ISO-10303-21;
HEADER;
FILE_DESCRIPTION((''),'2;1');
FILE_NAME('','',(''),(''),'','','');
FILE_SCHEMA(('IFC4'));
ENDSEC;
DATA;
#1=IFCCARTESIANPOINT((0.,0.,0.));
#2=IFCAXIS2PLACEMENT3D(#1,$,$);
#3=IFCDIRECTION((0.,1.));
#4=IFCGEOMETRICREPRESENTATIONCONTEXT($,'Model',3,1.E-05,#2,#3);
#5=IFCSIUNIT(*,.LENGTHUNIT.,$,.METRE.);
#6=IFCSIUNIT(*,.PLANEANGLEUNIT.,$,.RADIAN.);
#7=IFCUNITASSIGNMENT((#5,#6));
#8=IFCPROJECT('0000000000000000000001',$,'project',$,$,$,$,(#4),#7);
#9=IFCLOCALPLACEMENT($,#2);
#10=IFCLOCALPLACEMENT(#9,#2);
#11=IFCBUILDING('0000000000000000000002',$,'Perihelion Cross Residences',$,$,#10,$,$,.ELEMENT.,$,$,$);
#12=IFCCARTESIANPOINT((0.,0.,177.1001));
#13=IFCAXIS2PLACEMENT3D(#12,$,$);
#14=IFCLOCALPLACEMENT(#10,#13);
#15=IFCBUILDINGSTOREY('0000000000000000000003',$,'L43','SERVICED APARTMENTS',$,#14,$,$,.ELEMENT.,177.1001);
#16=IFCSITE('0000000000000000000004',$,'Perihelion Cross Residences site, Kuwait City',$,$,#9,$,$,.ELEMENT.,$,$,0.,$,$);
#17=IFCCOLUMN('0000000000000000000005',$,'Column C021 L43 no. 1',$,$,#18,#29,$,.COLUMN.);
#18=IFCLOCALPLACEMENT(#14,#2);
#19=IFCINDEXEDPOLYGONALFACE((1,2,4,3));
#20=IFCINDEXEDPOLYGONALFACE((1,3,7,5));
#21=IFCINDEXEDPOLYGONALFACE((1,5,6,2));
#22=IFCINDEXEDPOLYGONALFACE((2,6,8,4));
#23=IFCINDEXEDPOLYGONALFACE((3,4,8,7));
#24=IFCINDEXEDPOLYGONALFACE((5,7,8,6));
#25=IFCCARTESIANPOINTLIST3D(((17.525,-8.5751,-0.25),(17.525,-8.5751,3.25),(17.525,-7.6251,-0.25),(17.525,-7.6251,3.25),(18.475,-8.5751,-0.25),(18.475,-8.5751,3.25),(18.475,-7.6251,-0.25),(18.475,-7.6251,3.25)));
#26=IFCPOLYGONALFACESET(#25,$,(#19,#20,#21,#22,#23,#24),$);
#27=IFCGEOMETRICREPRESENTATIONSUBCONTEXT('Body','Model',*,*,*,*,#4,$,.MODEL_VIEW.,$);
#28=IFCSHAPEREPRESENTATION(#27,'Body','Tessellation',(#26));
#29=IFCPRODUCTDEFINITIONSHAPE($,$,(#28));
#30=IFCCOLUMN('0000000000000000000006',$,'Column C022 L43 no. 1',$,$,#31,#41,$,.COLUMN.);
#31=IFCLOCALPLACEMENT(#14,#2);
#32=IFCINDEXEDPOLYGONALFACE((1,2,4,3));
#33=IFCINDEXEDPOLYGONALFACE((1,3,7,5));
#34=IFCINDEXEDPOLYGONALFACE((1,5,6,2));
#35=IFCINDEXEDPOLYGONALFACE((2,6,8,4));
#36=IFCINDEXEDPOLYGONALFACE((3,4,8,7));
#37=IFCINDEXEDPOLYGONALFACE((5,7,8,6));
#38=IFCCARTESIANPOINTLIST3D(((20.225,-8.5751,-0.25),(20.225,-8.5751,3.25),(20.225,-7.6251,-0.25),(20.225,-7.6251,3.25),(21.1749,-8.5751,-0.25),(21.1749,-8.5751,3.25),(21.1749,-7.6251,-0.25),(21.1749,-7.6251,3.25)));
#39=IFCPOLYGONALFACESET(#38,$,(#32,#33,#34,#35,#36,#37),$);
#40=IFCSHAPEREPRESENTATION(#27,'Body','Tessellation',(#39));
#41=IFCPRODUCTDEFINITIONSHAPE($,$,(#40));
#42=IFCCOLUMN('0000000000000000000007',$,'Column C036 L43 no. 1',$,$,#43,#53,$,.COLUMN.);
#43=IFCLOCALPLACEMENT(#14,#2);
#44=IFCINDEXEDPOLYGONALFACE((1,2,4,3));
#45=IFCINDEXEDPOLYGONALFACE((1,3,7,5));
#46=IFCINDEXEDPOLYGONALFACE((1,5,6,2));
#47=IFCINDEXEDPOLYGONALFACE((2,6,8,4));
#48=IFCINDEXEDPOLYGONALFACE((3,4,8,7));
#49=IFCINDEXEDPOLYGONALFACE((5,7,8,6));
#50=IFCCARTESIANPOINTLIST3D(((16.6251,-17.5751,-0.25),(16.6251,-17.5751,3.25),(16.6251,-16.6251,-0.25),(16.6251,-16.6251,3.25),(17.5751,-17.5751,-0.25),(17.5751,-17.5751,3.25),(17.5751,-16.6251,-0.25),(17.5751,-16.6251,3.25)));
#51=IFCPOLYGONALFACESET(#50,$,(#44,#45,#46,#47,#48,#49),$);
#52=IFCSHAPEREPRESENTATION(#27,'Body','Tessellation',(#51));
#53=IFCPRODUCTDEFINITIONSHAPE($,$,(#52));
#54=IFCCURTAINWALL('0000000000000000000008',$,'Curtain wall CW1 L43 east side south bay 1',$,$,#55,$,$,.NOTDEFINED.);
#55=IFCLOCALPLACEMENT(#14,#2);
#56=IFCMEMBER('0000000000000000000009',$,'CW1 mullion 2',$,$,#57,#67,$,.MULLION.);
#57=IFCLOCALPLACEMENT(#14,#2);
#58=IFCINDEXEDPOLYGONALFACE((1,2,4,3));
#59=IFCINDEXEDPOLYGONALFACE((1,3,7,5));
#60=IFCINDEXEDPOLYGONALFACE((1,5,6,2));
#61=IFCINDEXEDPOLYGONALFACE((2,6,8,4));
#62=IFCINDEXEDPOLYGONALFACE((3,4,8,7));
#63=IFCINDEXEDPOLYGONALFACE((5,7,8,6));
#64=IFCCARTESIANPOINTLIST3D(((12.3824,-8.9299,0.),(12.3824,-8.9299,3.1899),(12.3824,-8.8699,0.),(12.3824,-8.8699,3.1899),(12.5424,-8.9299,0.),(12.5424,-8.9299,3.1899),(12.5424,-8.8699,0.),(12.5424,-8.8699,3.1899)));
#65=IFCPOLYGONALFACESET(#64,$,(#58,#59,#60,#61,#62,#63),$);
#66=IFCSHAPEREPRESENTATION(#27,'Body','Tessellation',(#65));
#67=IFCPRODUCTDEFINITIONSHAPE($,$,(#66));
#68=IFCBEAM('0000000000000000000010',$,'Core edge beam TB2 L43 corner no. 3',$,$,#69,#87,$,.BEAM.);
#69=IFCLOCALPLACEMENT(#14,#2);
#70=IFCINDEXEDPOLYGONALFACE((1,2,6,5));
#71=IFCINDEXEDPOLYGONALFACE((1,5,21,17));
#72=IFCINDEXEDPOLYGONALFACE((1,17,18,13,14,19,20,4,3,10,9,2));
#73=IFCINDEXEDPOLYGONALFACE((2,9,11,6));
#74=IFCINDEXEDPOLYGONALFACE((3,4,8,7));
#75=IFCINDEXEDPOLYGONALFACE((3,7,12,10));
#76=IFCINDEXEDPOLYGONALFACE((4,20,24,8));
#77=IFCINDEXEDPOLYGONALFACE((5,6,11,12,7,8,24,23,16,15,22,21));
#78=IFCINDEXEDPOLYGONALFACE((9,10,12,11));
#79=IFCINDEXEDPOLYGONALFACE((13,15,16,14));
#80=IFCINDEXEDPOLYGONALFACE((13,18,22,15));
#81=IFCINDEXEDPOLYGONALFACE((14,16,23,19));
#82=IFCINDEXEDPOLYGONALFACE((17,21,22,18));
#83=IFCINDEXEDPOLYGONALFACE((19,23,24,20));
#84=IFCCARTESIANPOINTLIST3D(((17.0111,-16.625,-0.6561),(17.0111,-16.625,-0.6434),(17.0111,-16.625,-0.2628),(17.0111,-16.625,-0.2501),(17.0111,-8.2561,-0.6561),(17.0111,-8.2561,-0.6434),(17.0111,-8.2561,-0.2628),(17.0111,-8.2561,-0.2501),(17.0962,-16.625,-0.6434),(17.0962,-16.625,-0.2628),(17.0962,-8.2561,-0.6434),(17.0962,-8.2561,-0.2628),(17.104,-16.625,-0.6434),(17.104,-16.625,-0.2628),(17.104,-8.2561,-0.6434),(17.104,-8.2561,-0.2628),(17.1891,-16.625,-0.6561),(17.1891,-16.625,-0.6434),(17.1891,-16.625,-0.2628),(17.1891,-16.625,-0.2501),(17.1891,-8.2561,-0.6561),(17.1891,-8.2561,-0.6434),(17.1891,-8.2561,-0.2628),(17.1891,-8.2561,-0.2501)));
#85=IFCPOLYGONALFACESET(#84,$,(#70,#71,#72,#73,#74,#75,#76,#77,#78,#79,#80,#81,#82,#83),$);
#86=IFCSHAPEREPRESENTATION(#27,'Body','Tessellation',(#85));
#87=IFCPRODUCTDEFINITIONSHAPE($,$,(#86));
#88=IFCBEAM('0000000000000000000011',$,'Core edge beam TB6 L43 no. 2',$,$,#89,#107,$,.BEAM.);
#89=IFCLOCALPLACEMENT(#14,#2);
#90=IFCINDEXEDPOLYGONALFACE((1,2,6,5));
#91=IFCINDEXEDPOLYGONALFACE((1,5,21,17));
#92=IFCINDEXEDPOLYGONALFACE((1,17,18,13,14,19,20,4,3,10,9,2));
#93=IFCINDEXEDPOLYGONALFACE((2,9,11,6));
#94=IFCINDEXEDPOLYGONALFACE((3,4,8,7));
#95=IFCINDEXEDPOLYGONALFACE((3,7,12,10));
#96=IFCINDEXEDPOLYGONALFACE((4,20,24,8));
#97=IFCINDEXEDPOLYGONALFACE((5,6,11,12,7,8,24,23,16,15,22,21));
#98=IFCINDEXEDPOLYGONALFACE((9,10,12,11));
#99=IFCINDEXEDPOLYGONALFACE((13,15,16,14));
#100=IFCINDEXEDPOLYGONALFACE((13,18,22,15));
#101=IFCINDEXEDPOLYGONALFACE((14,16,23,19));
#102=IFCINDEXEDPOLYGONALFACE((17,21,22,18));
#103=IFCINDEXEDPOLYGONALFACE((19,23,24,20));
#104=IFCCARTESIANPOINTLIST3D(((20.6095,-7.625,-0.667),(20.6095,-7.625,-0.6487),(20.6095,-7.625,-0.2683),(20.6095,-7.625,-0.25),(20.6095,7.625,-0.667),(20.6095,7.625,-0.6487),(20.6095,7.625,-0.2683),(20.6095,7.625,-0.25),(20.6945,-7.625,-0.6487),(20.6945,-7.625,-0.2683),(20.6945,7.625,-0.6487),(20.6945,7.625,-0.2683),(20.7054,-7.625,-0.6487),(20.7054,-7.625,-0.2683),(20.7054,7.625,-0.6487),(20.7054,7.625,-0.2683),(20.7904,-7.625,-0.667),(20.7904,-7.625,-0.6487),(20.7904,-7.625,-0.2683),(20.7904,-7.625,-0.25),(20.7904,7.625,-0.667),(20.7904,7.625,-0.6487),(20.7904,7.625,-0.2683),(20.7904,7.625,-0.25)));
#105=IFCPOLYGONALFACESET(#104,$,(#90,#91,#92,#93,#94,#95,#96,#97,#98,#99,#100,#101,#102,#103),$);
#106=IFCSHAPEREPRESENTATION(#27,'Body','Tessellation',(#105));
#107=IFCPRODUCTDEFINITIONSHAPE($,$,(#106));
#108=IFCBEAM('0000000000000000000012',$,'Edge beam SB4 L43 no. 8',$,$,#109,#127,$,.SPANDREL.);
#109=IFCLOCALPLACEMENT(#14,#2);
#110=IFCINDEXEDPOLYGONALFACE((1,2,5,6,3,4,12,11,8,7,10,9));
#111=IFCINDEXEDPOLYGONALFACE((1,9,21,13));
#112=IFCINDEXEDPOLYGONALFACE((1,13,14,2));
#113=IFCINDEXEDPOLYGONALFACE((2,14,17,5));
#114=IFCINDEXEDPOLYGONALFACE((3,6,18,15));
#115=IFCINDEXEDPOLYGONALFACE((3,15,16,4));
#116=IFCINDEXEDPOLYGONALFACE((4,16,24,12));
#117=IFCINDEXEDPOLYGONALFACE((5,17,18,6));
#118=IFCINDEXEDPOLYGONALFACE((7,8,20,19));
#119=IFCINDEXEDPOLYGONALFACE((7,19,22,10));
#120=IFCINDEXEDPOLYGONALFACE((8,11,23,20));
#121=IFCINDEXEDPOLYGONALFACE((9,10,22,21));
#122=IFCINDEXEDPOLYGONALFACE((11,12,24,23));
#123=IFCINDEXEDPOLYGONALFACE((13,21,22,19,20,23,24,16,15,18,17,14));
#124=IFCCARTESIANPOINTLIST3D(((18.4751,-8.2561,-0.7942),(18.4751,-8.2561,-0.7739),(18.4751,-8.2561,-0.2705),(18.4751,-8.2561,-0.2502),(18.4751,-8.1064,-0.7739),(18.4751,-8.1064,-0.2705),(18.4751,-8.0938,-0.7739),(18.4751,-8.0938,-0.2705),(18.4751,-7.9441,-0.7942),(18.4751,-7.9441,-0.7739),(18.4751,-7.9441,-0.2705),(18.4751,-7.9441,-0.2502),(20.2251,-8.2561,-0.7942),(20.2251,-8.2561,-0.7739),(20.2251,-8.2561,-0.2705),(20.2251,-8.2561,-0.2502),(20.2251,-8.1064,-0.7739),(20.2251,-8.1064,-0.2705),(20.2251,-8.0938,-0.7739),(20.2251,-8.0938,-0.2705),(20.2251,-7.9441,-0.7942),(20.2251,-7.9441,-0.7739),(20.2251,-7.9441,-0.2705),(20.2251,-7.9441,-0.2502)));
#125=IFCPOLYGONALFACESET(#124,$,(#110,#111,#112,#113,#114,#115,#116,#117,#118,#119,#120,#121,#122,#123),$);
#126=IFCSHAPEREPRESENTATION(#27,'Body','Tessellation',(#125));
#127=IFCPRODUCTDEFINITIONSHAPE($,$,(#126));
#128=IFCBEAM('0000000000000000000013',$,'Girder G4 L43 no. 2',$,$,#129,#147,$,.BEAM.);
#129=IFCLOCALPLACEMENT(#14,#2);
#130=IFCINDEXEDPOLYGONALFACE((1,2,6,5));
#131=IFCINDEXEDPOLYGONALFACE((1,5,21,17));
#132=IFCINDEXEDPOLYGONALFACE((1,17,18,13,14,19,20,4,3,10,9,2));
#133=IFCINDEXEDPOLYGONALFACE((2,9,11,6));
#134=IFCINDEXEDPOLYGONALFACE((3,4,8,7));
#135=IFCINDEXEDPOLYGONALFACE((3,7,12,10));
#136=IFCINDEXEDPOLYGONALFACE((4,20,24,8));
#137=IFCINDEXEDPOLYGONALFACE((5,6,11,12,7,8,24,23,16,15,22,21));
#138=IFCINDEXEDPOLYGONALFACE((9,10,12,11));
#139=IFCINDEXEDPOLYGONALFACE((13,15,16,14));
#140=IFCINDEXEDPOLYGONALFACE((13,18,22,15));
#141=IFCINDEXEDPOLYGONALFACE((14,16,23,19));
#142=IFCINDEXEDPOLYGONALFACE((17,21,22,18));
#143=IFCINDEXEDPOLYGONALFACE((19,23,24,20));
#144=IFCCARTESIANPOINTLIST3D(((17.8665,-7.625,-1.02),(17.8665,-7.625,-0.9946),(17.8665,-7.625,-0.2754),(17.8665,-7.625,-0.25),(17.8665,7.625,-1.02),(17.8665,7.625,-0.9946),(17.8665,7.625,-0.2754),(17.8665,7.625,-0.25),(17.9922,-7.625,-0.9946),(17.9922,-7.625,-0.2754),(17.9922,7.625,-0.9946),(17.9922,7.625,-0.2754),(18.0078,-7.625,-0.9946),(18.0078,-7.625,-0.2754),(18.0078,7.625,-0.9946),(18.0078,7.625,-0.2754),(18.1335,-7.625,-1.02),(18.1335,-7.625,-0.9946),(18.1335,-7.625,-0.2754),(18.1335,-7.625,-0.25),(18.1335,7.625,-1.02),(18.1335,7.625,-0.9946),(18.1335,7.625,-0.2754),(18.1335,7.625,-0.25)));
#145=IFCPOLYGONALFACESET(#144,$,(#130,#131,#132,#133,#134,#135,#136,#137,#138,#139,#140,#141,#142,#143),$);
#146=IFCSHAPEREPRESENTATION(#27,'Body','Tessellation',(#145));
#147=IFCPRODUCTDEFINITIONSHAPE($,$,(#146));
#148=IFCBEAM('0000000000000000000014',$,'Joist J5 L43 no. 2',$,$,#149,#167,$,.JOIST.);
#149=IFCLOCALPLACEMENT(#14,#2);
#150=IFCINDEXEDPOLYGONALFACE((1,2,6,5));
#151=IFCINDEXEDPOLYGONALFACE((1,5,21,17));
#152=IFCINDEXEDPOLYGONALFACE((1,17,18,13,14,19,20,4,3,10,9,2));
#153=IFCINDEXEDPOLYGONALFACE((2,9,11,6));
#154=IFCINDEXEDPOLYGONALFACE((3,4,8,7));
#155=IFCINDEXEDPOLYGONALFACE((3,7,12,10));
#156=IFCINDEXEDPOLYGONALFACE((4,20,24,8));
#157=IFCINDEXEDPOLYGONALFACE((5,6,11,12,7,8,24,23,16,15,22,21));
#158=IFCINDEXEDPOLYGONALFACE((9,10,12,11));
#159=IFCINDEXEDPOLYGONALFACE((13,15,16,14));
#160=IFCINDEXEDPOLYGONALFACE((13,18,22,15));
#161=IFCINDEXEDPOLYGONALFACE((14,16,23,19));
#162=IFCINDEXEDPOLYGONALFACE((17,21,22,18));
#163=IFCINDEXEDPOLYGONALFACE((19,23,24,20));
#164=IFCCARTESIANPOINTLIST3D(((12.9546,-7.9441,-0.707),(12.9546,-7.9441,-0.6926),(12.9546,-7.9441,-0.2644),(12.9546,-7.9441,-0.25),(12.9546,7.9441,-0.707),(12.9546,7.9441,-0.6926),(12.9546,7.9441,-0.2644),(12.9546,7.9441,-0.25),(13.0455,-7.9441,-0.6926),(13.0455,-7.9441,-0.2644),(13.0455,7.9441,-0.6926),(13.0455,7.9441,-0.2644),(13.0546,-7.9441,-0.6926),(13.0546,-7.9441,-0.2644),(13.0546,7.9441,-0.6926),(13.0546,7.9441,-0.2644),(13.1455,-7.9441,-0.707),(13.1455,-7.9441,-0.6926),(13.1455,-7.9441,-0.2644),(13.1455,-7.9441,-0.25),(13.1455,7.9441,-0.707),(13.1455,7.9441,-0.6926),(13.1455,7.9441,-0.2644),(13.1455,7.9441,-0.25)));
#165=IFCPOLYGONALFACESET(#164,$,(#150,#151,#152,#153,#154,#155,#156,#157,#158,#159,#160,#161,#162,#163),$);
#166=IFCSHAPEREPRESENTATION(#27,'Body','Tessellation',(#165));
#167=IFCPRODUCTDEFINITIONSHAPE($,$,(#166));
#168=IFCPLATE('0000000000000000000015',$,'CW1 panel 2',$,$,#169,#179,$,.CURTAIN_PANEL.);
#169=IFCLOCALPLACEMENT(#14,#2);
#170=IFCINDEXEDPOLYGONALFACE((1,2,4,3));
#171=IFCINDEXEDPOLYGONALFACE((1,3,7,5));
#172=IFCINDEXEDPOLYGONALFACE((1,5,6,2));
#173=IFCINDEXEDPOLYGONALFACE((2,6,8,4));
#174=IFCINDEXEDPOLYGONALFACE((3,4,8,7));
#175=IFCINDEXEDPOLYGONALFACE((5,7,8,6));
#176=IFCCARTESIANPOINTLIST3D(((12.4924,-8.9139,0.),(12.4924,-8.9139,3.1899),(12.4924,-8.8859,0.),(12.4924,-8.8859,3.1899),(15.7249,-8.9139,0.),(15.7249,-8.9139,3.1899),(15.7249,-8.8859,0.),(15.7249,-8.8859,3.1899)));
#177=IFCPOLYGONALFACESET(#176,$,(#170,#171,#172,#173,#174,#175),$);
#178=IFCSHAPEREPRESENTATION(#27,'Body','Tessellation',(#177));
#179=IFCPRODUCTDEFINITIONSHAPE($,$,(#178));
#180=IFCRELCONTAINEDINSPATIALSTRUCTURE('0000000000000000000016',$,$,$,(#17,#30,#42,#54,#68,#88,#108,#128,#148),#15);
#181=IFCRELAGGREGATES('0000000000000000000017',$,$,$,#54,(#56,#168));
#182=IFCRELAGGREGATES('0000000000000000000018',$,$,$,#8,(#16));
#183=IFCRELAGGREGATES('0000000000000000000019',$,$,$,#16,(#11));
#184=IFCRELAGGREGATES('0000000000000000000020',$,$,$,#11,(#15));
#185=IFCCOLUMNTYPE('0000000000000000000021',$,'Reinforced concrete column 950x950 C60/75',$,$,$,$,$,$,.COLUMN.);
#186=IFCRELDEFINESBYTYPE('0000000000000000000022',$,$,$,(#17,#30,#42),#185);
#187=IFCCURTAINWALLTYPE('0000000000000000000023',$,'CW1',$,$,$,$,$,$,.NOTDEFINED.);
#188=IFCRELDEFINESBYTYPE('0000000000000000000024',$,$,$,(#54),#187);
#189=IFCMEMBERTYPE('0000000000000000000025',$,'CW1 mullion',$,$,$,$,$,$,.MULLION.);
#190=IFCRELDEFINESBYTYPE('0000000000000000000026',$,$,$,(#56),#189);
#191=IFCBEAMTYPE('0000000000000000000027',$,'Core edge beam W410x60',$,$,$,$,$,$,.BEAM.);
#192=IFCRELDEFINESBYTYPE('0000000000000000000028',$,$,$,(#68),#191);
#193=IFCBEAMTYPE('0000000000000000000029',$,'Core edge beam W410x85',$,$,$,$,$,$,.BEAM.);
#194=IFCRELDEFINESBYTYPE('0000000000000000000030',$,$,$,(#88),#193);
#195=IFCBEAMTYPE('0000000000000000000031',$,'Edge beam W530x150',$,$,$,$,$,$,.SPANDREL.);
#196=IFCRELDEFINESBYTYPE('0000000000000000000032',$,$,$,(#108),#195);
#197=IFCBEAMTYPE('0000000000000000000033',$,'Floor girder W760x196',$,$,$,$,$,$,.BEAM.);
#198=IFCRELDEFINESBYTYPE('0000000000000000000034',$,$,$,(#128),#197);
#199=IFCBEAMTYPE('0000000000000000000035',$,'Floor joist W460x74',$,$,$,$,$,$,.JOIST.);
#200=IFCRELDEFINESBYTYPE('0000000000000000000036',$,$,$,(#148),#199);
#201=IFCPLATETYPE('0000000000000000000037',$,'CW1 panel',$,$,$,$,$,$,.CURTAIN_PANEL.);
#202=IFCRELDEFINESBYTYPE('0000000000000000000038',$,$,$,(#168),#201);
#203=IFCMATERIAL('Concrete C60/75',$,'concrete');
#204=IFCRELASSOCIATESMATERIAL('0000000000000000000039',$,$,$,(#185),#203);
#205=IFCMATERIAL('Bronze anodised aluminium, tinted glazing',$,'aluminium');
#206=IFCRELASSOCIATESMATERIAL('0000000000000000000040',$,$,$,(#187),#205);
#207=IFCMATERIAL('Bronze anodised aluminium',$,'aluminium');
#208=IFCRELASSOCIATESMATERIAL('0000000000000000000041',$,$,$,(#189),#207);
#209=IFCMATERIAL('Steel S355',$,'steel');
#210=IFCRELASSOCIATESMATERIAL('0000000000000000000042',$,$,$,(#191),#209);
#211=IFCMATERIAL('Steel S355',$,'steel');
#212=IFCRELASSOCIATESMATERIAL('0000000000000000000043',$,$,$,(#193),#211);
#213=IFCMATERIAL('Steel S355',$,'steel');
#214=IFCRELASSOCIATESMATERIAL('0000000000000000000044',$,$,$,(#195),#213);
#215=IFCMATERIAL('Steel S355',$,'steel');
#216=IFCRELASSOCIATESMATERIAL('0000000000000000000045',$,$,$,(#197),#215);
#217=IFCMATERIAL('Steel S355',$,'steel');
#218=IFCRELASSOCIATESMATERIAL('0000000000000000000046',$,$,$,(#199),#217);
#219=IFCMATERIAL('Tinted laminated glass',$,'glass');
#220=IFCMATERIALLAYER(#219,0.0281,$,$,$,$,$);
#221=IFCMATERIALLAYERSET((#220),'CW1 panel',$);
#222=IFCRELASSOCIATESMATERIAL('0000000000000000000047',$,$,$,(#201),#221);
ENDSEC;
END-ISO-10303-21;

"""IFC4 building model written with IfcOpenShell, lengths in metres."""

from ifc_helpers import new_model, si_unit, direction, frame, origin, origin_2d, place, context, subcontext, project, spatial, rectangle, i_section, extrude, material, layer, layer_set, material_profile, profile_set, type_object, element, aggregate, save


model = new_model("IFC4")

# Units and contexts
model_context = context("Model", 3, precision=1e-05, world=origin(), true_north=direction((0.0, 1.0)))
body_context = subcontext(model_context, "Body", "Model", "MODEL_VIEW")
ifc_project = project(units=[si_unit("LENGTHUNIT", "METRE"), si_unit("PLANEANGLEUNIT", "RADIAN")], contexts=[model_context])

# Site, building, storey
site_placement = place(None, origin())
site = spatial("IfcSite", under=ifc_project, at=site_placement, Name="Perihelion Cross Residences site, Kuwait City", CompositionType="ELEMENT", RefElevation=0.0)
building_placement = place(site_placement, origin())
building = spatial("IfcBuilding", under=site, at=building_placement, Name="Perihelion Cross Residences", CompositionType="ELEMENT")
storey_placement = place(building_placement, frame((0.0, 0.0, 177.1001)))
storey = spatial("IfcBuildingStorey", under=building, at=storey_placement, Name="L43", Description="SERVICED APARTMENTS", CompositionType="ELEMENT", Elevation=177.1001)

# Columns
ifc_material_1 = material(Name="Concrete C60/75", Category="concrete")
ifc_material_profile_1 = material_profile(ifc_material_1, rectangle(XDim=0.95, YDim=0.95, at=origin_2d()), Name="RC 950x950")
ifc_profile_set_1 = profile_set([ifc_material_profile_1], Name="Concrete C60/75")
column_type = type_object("IfcColumnType", Name="Reinforced concrete column 950x950 C60/75", PredefinedType="COLUMN", material=ifc_profile_set_1)
for number, where, z_axis, x_axis, name in (
    (1, (18.0, -8.1001, -0.25), (0.0, 0.0, 1.0), (1.0, 0.0, 0.0), "Column C021 L43 no. 1"),
    (2, (20.7, -8.1001, -0.25), (0.0, 0.0, 1.0), (1.0, 0.0, 0.0), "Column C022 L43 no. 1"),
    (3, (17.1001, -17.1001, -0.25), (0.0, 0.0, 1.0), (1.0, 0.0, 0.0), "Column C036 L43 no. 1"),
):
    element("IfcColumn", number, at=place(storey_placement, frame(where, z_axis=z_axis, x_axis=x_axis)), inside=storey, type_object=column_type, Name=name, PredefinedType="COLUMN", context=body_context, shape_type="SweptSolid", body=[
        extrude(rectangle(XDim=0.95, YDim=0.95, at=origin_2d()), origin(), (0.0, 0.0, 1.0), 3.5),
    ])

# Curtain wall, member
ifc_material_2 = material(Name="Bronze anodised aluminium, tinted glazing", Category="aluminium")
curtain_wall_type = type_object("IfcCurtainWallType", Name="CW1", PredefinedType="NOTDEFINED", material=ifc_material_2)
curtain_wall_placement = place(storey_placement, origin())
curtain_wall = element("IfcCurtainWall", 4, at=curtain_wall_placement, inside=storey, type_object=curtain_wall_type, Name="Curtain wall CW1 L43 east side south bay 1", PredefinedType="NOTDEFINED")
ifc_material_3 = material(Name="Bronze anodised aluminium", Category="aluminium")
ifc_material_profile_2 = material_profile(ifc_material_3, rectangle(XDim=0.0601, YDim=0.1599, at=origin_2d()), Name="CW1 mullion")
ifc_profile_set_2 = profile_set([ifc_material_profile_2], Name="Bronze anodised aluminium")
member_type = type_object("IfcMemberType", Name="CW1 mullion", PredefinedType="MULLION", material=ifc_profile_set_2)
member_placement = place(storey_placement, frame((12.4624, -8.8999, 0.0), z_axis=(0.0, 0.0, 1.0), x_axis=(0.0, 1.0, 0.0)))
member = element("IfcMember", 5, at=member_placement, type_object=member_type, Name="CW1 mullion 2", PredefinedType="MULLION", context=body_context, shape_type="SweptSolid", body=[
    extrude(rectangle(XDim=0.0601, YDim=0.1599, at=origin_2d()), origin(), (0.0, 0.0, 1.0), 3.1899),
])

# Beams
ifc_material_4 = material(Name="Steel S355", Category="steel")
ifc_material_profile_3 = material_profile(ifc_material_4, i_section(OverallWidth=0.178, OverallDepth=0.406, WebThickness=0.0078, FlangeThickness=0.0127, at=origin_2d()), Name="W410x60")
ifc_profile_set_3 = profile_set([ifc_material_profile_3], Name="Steel S355")
beam_type_1 = type_object("IfcBeamType", Name="Core edge beam W410x60", PredefinedType="BEAM", material=ifc_profile_set_3)
beam_1_placement = place(storey_placement, frame((17.1001, -8.2561, -0.4531), z_axis=(0.0, -1.0, 0.0), x_axis=(1.0, 0.0, 0.0)))
element("IfcBeam", 6, at=beam_1_placement, inside=storey, type_object=beam_type_1, Name="Core edge beam TB2 L43 corner no. 3", PredefinedType="BEAM", context=body_context, shape_type="SweptSolid", body=[
    extrude(i_section(OverallWidth=0.178, OverallDepth=0.406, WebThickness=0.0078, FlangeThickness=0.0127, at=origin_2d()), origin(), (0.0, 0.0, 1.0), 8.3689),
])
ifc_material_5 = material(Name="Steel S355", Category="steel")
ifc_material_profile_4 = material_profile(ifc_material_5, i_section(OverallWidth=0.1809, OverallDepth=0.417, WebThickness=0.011, FlangeThickness=0.0183, at=origin_2d()), Name="W410x85")
ifc_profile_set_4 = profile_set([ifc_material_profile_4], Name="Steel S355")
beam_type_2 = type_object("IfcBeamType", Name="Core edge beam W410x85", PredefinedType="BEAM", material=ifc_profile_set_4)
beam_2_placement = place(storey_placement, frame((20.7, -7.625, -0.4585), z_axis=(0.0, 1.0, 0.0), x_axis=(-1.0, 0.0, 0.0)))
element("IfcBeam", 7, at=beam_2_placement, inside=storey, type_object=beam_type_2, Name="Core edge beam TB6 L43 no. 2", PredefinedType="BEAM", context=body_context, shape_type="SweptSolid", body=[
    extrude(i_section(OverallWidth=0.1809, OverallDepth=0.417, WebThickness=0.011, FlangeThickness=0.0183, at=origin_2d()), origin(), (0.0, 0.0, 1.0), 15.25),
])
ifc_material_6 = material(Name="Steel S355", Category="steel")
ifc_material_profile_5 = material_profile(ifc_material_6, i_section(OverallWidth=0.312, OverallDepth=0.5439, WebThickness=0.0127, FlangeThickness=0.0203, at=origin_2d()), Name="W530x150")
ifc_profile_set_5 = profile_set([ifc_material_profile_5], Name="Steel S355")
beam_type_3 = type_object("IfcBeamType", Name="Edge beam W530x150", PredefinedType="SPANDREL", material=ifc_profile_set_5)
beam_3_placement = place(storey_placement, frame((18.4751, -8.1001, -0.5222), z_axis=(1.0, 0.0, 0.0), x_axis=(0.0, 1.0, 0.0)))
element("IfcBeam", 8, at=beam_3_placement, inside=storey, type_object=beam_type_3, Name="Edge beam SB4 L43 no. 8", PredefinedType="SPANDREL", context=body_context, shape_type="SweptSolid", body=[
    extrude(i_section(OverallWidth=0.312, OverallDepth=0.5439, WebThickness=0.0127, FlangeThickness=0.0203, at=origin_2d()), origin(), (0.0, 0.0, 1.0), 1.75),
])
ifc_material_7 = material(Name="Steel S355", Category="steel")
ifc_material_profile_6 = material_profile(ifc_material_7, i_section(OverallWidth=0.2671, OverallDepth=0.77, WebThickness=0.0156, FlangeThickness=0.0254, at=origin_2d()), Name="W760x196")
ifc_profile_set_6 = profile_set([ifc_material_profile_6], Name="Steel S355")
beam_type_4 = type_object("IfcBeamType", Name="Floor girder W760x196", PredefinedType="BEAM", material=ifc_profile_set_6)
beam_4_placement = place(storey_placement, frame((18.0, -7.625, -0.635), z_axis=(0.0, 1.0, 0.0), x_axis=(-1.0, 0.0, 0.0)))
element("IfcBeam", 9, at=beam_4_placement, inside=storey, type_object=beam_type_4, Name="Girder G4 L43 no. 2", PredefinedType="BEAM", context=body_context, shape_type="SweptSolid", body=[
    extrude(i_section(OverallWidth=0.2671, OverallDepth=0.77, WebThickness=0.0156, FlangeThickness=0.0254, at=origin_2d()), origin(), (0.0, 0.0, 1.0), 15.25),
])
ifc_material_8 = material(Name="Steel S355", Category="steel")
ifc_material_profile_7 = material_profile(ifc_material_8, i_section(OverallWidth=0.1909, OverallDepth=0.457, WebThickness=0.009, FlangeThickness=0.0144, at=origin_2d()), Name="W460x74")
ifc_profile_set_7 = profile_set([ifc_material_profile_7], Name="Steel S355")
beam_type_5 = type_object("IfcBeamType", Name="Floor joist W460x74", PredefinedType="JOIST", material=ifc_profile_set_7)
beam_5_placement = place(storey_placement, frame((13.05, -7.9441, -0.4785), z_axis=(0.0, 1.0, 0.0), x_axis=(-1.0, 0.0, 0.0)))
element("IfcBeam", 10, at=beam_5_placement, inside=storey, type_object=beam_type_5, Name="Joist J5 L43 no. 2", PredefinedType="JOIST", context=body_context, shape_type="SweptSolid", body=[
    extrude(i_section(OverallWidth=0.1909, OverallDepth=0.457, WebThickness=0.009, FlangeThickness=0.0144, at=origin_2d()), origin(), (0.0, 0.0, 1.0), 15.8882),
])

# Plate
ifc_material_9 = material(Name="Tinted laminated glass", Category="glass")
ifc_layer_1 = layer(ifc_material_9, 0.0281)
ifc_layer_set_1 = layer_set([ifc_layer_1], Name="CW1 panel")
plate_type = type_object("IfcPlateType", Name="CW1 panel", PredefinedType="CURTAIN_PANEL", material=ifc_layer_set_1)
plate_placement = place(storey_placement, frame((14.1086, -8.8999, 0.0), z_axis=(0.0, 0.0, 1.0), x_axis=(1.0, 0.0, 0.0)))
plate = element("IfcPlate", 11, at=plate_placement, type_object=plate_type, Name="CW1 panel 2", PredefinedType="CURTAIN_PANEL", context=body_context, shape_type="SweptSolid", body=[
    extrude(rectangle(XDim=3.2324, YDim=0.0281, at=origin_2d()), origin(), (0.0, 0.0, 1.0), 3.1899),
])
aggregate(curtain_wall, [member, plate])

save(model, "model.ifc")
